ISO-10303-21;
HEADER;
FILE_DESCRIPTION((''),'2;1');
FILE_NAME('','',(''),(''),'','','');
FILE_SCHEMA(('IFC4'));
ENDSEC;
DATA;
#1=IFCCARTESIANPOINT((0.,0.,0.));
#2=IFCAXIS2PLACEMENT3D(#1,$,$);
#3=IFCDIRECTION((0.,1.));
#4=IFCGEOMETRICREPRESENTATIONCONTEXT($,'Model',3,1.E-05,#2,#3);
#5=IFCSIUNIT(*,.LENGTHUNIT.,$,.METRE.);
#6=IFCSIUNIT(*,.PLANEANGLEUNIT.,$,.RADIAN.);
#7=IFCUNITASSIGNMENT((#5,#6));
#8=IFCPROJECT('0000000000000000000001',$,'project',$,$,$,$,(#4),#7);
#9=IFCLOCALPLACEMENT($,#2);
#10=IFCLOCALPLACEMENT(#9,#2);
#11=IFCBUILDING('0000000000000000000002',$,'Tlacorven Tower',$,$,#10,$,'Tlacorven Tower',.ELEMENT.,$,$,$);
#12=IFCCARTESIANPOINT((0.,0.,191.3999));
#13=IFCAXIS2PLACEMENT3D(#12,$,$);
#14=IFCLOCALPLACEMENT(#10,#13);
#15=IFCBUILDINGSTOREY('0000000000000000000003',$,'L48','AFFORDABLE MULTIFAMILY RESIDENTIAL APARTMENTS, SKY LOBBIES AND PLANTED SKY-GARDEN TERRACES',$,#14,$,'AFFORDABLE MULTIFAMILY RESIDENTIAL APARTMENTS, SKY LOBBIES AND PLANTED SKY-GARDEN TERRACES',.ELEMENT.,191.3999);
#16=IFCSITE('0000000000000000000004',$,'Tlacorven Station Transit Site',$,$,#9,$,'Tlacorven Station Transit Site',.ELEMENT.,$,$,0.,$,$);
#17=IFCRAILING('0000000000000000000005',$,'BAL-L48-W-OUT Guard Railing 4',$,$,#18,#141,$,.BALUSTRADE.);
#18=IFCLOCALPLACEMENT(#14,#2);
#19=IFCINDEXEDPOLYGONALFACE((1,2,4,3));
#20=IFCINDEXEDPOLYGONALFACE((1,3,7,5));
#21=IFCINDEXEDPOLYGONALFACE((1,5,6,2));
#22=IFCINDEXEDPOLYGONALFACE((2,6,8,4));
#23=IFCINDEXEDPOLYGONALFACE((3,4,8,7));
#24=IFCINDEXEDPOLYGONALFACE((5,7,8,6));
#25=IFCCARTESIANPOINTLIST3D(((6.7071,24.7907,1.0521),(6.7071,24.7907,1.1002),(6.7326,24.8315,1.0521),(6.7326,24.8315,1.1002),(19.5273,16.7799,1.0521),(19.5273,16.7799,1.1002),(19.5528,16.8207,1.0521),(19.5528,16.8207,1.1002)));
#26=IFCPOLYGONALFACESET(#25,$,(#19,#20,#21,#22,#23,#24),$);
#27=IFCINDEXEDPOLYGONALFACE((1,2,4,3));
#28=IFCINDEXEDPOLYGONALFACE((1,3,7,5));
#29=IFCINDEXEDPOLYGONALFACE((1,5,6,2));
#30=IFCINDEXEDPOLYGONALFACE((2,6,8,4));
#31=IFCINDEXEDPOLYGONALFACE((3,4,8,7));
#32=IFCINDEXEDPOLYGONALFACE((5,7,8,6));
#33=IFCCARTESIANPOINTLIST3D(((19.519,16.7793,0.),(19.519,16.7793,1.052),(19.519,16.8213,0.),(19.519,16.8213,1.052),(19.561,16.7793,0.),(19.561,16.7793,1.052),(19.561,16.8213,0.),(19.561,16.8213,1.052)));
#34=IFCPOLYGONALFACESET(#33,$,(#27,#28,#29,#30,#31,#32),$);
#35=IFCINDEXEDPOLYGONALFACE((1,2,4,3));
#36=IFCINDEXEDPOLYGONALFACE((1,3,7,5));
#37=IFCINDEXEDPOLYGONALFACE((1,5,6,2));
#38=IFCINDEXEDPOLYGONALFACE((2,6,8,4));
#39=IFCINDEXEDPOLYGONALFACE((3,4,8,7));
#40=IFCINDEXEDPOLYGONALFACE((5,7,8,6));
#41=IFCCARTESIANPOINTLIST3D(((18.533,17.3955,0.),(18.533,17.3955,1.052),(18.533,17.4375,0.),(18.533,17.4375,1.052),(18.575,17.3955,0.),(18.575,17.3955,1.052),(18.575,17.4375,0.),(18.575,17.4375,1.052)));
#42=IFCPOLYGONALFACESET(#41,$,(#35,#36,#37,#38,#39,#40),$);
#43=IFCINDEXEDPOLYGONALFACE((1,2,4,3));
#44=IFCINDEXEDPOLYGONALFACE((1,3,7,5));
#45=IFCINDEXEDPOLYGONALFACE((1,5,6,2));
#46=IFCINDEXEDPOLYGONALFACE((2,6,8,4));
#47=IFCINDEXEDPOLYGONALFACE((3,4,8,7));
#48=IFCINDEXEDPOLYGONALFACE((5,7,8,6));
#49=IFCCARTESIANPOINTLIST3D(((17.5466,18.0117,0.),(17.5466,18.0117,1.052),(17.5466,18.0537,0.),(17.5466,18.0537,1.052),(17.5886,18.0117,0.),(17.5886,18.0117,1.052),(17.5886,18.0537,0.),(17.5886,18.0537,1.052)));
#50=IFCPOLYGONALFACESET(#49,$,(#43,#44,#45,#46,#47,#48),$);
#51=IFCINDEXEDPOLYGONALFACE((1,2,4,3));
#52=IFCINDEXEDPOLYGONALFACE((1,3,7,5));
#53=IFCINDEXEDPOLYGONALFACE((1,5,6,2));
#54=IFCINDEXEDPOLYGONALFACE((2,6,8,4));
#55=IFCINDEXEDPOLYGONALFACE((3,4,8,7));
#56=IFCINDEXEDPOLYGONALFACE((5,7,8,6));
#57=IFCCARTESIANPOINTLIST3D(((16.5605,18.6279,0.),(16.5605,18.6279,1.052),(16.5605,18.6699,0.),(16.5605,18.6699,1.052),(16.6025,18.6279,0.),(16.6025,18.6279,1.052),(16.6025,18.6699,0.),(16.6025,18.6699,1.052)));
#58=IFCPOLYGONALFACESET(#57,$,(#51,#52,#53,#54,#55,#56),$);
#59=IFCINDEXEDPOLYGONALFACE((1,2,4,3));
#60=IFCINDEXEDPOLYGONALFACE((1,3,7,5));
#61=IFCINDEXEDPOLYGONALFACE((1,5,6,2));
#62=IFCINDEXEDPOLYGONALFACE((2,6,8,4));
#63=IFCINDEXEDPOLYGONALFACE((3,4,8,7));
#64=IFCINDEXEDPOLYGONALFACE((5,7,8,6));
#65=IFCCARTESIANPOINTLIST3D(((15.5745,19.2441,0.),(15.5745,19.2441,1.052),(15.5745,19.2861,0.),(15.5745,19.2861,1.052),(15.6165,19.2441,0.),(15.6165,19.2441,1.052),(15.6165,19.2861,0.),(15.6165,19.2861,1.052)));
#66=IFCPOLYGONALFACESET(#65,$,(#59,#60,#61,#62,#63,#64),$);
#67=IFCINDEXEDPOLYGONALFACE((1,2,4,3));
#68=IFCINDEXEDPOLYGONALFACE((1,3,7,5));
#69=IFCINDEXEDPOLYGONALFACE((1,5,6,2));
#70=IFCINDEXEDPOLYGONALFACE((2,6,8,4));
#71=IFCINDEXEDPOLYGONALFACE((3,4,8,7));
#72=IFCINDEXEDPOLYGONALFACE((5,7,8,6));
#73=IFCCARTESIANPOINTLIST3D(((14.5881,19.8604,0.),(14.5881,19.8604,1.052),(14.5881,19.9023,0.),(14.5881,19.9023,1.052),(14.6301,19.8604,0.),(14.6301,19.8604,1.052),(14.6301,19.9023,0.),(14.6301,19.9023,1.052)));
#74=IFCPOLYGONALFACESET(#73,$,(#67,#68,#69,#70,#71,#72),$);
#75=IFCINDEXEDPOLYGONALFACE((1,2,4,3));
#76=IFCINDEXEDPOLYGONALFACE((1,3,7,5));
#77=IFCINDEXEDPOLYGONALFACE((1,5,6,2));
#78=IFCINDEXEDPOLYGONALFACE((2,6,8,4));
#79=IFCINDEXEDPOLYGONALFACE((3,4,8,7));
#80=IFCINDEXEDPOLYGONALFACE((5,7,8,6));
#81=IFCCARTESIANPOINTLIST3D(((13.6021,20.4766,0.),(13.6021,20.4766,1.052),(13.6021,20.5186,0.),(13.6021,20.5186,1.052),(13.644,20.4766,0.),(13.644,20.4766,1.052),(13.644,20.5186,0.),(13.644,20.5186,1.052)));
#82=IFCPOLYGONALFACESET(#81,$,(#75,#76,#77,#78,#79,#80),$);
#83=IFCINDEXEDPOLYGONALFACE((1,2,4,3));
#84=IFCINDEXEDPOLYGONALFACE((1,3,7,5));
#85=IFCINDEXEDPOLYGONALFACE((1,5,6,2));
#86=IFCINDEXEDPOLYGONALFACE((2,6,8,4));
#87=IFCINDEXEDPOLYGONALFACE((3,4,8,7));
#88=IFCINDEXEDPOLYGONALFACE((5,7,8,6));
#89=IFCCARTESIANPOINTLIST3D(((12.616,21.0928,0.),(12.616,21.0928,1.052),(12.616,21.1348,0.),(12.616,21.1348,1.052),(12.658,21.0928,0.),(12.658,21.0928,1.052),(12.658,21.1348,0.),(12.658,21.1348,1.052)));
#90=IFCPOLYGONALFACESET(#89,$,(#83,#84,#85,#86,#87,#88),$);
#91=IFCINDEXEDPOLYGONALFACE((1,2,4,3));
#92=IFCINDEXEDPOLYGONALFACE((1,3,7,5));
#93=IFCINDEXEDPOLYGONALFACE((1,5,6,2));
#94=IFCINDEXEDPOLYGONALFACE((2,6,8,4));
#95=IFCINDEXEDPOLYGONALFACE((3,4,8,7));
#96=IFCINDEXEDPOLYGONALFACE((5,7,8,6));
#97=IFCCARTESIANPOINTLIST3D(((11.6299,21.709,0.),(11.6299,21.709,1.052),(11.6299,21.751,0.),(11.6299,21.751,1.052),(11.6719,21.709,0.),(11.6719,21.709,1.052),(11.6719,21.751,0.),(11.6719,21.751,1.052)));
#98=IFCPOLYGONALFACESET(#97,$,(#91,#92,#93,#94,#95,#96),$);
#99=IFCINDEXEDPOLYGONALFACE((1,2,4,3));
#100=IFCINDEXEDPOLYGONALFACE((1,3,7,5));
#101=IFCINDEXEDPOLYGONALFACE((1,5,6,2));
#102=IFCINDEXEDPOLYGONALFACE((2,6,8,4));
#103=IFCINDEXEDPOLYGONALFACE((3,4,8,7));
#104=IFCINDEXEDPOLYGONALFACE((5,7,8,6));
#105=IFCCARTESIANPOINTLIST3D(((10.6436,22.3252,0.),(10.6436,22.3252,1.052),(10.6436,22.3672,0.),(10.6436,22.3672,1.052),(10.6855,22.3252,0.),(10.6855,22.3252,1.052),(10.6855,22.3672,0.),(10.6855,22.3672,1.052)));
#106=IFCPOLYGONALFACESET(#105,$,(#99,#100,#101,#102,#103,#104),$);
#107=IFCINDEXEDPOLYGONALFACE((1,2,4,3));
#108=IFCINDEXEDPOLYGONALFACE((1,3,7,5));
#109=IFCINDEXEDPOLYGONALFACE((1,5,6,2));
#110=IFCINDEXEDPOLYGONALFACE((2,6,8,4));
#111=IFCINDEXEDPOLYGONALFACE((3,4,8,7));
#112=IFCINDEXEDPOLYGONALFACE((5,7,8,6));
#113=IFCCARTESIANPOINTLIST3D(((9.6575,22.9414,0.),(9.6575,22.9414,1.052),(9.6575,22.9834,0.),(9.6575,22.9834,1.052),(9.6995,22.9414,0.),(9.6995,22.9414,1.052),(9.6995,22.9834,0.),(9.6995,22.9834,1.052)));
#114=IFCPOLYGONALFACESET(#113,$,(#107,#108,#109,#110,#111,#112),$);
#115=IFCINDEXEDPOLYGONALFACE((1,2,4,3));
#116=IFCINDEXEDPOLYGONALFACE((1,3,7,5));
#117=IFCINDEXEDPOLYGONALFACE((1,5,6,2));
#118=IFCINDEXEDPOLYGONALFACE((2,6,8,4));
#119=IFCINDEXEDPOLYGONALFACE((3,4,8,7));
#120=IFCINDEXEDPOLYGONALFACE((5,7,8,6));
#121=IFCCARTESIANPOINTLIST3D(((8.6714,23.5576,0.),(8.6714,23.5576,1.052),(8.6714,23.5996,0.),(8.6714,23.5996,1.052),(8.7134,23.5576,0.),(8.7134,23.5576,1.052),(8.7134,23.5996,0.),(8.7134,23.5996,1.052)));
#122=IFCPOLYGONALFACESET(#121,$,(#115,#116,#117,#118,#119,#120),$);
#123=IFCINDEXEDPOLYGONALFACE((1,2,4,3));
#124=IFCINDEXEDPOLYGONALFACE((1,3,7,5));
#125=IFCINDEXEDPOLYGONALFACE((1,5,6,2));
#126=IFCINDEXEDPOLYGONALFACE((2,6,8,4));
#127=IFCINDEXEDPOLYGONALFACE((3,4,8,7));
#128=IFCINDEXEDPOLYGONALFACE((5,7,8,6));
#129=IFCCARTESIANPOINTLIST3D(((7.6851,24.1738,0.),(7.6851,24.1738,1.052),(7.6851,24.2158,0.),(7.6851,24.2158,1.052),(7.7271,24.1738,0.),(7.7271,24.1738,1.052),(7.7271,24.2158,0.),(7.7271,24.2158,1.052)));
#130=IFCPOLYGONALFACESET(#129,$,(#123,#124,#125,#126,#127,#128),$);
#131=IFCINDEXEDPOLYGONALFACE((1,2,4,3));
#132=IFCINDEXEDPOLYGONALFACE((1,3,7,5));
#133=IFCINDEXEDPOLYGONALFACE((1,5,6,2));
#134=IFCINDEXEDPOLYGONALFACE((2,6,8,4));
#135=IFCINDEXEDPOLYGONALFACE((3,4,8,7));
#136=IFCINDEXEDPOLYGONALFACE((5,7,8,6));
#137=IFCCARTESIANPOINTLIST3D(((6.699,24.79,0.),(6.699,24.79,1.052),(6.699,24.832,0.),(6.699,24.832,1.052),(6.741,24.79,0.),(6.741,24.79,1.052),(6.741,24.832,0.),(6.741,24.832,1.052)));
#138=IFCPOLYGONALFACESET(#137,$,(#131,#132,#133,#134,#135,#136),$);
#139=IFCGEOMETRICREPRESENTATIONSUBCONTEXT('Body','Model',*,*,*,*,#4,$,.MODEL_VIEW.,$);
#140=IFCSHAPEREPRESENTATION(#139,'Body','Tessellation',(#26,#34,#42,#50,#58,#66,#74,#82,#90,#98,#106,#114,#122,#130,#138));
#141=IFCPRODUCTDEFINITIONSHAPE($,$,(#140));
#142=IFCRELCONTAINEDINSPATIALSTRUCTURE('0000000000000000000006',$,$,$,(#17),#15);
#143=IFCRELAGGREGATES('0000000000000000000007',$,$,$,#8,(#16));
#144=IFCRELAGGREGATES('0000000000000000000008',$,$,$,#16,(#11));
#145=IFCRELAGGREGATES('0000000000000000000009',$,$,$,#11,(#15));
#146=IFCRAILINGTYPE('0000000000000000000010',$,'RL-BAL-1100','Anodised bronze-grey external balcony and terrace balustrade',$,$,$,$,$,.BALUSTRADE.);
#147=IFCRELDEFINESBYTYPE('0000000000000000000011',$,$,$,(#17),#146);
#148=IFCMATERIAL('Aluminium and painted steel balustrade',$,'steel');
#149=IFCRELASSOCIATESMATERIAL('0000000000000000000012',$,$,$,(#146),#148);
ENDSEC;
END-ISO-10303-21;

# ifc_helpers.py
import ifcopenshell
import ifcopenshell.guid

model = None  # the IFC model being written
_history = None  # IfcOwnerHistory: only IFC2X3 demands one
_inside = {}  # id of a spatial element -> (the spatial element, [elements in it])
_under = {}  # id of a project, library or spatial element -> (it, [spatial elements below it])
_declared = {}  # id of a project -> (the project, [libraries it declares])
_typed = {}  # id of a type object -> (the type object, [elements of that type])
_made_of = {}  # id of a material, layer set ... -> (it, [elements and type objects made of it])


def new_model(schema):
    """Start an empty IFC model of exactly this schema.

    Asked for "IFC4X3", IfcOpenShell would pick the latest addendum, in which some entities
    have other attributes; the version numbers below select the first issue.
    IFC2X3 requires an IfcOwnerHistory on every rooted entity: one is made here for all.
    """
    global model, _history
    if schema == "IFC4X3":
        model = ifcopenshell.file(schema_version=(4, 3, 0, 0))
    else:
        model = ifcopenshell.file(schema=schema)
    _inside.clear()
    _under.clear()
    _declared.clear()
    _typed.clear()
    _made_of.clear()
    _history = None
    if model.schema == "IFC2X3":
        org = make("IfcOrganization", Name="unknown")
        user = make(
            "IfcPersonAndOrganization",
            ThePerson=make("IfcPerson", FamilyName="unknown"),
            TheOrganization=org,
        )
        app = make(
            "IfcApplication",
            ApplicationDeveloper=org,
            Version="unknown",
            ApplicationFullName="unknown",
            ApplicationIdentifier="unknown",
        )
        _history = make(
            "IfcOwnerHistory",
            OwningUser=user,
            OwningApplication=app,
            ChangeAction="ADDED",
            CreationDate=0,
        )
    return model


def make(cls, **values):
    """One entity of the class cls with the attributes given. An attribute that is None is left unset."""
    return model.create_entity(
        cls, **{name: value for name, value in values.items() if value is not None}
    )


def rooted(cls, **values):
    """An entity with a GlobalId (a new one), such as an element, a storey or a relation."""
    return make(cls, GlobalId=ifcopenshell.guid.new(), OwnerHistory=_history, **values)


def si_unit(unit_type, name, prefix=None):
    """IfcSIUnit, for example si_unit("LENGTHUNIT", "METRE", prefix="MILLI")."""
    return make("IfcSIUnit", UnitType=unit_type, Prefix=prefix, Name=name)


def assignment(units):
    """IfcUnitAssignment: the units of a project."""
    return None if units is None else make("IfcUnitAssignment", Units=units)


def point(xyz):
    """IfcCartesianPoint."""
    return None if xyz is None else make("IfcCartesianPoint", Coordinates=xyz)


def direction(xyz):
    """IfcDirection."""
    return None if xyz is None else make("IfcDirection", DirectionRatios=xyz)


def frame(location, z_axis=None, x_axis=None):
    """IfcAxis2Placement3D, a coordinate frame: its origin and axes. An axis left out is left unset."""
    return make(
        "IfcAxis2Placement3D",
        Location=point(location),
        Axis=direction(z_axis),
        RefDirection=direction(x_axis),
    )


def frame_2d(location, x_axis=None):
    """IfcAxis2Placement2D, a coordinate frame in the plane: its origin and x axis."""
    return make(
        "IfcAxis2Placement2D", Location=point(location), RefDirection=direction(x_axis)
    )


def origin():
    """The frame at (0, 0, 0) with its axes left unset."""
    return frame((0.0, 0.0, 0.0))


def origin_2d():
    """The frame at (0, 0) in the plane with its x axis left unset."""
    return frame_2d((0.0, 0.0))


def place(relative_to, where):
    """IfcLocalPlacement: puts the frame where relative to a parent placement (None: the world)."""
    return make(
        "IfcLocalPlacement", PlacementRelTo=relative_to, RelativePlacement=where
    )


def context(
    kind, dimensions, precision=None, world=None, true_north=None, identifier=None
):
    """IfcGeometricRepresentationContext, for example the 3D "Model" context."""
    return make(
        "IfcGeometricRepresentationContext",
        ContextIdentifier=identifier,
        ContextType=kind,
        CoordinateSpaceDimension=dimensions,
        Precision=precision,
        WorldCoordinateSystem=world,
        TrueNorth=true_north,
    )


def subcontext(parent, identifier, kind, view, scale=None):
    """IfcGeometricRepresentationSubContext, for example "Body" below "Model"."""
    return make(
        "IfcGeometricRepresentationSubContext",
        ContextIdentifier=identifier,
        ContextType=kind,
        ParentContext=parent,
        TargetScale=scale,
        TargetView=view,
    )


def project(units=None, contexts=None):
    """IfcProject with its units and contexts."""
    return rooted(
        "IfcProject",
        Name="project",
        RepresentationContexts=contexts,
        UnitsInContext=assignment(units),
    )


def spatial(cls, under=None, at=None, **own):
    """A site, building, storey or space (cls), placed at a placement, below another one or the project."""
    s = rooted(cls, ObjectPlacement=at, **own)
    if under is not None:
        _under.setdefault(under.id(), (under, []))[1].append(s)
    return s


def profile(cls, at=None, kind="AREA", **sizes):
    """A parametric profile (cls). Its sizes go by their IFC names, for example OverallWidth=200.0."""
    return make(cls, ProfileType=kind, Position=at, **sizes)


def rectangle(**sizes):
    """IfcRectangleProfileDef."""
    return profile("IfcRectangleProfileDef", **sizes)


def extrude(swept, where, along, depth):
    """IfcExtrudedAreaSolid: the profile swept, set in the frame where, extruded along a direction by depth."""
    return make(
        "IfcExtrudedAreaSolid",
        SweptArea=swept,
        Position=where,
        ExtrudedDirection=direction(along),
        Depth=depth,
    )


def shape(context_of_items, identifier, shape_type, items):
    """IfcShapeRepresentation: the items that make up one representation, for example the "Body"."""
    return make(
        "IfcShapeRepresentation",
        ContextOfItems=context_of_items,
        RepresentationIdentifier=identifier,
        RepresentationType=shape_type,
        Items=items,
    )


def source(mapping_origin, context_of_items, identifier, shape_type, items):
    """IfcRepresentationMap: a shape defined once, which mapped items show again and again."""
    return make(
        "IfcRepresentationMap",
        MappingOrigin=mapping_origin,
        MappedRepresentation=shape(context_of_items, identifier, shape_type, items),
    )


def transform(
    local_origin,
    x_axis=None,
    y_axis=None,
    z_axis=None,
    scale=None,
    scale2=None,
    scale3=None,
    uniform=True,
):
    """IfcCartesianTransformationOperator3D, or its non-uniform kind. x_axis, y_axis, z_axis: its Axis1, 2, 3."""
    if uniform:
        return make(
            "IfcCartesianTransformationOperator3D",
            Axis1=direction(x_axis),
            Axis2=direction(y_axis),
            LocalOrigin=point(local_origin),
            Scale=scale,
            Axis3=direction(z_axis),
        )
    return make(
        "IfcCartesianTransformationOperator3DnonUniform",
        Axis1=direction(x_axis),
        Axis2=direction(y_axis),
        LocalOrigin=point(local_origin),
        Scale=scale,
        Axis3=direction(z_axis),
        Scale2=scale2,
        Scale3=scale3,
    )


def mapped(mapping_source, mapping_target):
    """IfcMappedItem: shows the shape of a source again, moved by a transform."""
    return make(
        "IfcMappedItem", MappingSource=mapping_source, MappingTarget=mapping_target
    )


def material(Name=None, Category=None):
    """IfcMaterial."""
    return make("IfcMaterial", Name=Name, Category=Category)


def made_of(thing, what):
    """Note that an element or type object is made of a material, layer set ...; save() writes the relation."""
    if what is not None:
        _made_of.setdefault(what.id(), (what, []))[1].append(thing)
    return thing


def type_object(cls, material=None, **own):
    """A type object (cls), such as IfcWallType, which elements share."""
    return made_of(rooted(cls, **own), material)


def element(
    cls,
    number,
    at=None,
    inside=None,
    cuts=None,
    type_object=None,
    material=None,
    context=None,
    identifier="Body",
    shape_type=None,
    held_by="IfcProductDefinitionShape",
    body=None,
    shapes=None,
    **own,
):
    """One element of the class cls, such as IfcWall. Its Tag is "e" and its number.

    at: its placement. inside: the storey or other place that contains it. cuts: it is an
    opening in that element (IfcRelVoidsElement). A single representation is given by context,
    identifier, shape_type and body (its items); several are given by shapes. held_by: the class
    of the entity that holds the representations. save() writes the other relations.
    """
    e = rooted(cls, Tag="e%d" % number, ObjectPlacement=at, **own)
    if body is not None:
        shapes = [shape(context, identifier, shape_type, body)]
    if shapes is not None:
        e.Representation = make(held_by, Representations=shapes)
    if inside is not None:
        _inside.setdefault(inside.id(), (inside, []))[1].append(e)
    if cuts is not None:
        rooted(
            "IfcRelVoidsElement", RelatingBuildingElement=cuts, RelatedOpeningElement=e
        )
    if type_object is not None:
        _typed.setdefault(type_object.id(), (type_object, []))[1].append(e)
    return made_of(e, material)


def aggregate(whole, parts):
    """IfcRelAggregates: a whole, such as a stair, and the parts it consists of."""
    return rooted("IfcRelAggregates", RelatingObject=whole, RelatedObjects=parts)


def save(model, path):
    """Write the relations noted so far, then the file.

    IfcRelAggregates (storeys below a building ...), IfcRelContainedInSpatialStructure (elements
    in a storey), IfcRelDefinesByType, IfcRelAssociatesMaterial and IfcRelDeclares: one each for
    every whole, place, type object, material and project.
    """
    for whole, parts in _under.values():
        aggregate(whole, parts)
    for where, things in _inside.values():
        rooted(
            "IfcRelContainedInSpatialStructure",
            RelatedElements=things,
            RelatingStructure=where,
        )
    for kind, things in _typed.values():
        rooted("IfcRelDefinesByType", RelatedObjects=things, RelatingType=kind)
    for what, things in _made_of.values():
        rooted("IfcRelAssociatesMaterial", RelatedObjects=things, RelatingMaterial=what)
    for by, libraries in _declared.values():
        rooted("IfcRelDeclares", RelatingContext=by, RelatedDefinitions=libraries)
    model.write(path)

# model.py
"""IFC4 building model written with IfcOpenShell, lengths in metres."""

from ifc_helpers import new_model, si_unit, direction, frame, origin, origin_2d, place, context, subcontext, project, spatial, rectangle, extrude, source, transform, mapped, material, type_object, element, save


model = new_model("IFC4")

# Units and contexts
model_context = context("Model", 3, precision=1e-05, world=origin(), true_north=direction((0.0, 1.0)))
body_context = subcontext(model_context, "Body", "Model", "MODEL_VIEW")
ifc_project = project(units=[si_unit("LENGTHUNIT", "METRE"), si_unit("PLANEANGLEUNIT", "RADIAN")], contexts=[model_context])

# Site, building, storey
site_placement = place(None, origin())
site = spatial("IfcSite", under=ifc_project, at=site_placement, Name="Tlacorven Station Transit Site", LongName="Tlacorven Station Transit Site", CompositionType="ELEMENT", RefElevation=0.0)
building_placement = place(site_placement, origin())
building = spatial("IfcBuilding", under=site, at=building_placement, Name="Tlacorven Tower", LongName="Tlacorven Tower", CompositionType="ELEMENT")
storey_placement = place(building_placement, frame((0.0, 0.0, 191.3999)))
storey = spatial("IfcBuildingStorey", under=building, at=storey_placement, Name="L48", Description="AFFORDABLE MULTIFAMILY RESIDENTIAL APARTMENTS, SKY LOBBIES AND PLANTED SKY-GARDEN TERRACES", LongName="AFFORDABLE MULTIFAMILY RESIDENTIAL APARTMENTS, SKY LOBBIES AND PLANTED SKY-GARDEN TERRACES", CompositionType="ELEMENT", Elevation=191.3999)

# Shared definitions
ifc_material_1 = material(Name="Aluminium and painted steel balustrade", Category="steel")
railing_type = type_object("IfcRailingType", Name="RL-BAL-1100", Description="Anodised bronze-grey external balcony and terrace balustrade", PredefinedType="BALUSTRADE", material=ifc_material_1)

# Railing
shared_shape_1 = source(origin(), body_context, "Body", "SweptSolid", [
    extrude(rectangle(XDim=0.0481, YDim=0.0481, at=origin_2d()), frame((0.0, 0.0, 1.0762), z_axis=(-0.848052, 0.529913, 0.0), x_axis=(-0.529913, -0.848052, 0.0)), (0.0, 0.0, 1.0), 15.1172),
    extrude(rectangle(XDim=0.042, YDim=0.042, at=origin_2d()), origin(), (0.0, 0.0, 1.0), 1.052),
    extrude(rectangle(XDim=0.042, YDim=0.042, at=origin_2d()), frame((-0.9861, 0.6162, 0.0)), (0.0, 0.0, 1.0), 1.052),
    extrude(rectangle(XDim=0.042, YDim=0.042, at=origin_2d()), frame((-1.9724, 1.2324, 0.0)), (0.0, 0.0, 1.0), 1.052),
    extrude(rectangle(XDim=0.042, YDim=0.042, at=origin_2d()), frame((-2.9585, 1.8486, 0.0)), (0.0, 0.0, 1.0), 1.052),
    extrude(rectangle(XDim=0.042, YDim=0.042, at=origin_2d()), frame((-3.9446, 2.4648, 0.0)), (0.0, 0.0, 1.0), 1.052),
    extrude(rectangle(XDim=0.042, YDim=0.042, at=origin_2d()), frame((-4.9309, 3.0811, 0.0)), (0.0, 0.0, 1.0), 1.052),
    extrude(rectangle(XDim=0.042, YDim=0.042, at=origin_2d()), frame((-5.917, 3.6973, 0.0)), (0.0, 0.0, 1.0), 1.052),
    extrude(rectangle(XDim=0.042, YDim=0.042, at=origin_2d()), frame((-6.9031, 4.3135, 0.0)), (0.0, 0.0, 1.0), 1.052),
    extrude(rectangle(XDim=0.042, YDim=0.042, at=origin_2d()), frame((-7.8892, 4.9297, 0.0)), (0.0, 0.0, 1.0), 1.052),
    extrude(rectangle(XDim=0.042, YDim=0.042, at=origin_2d()), frame((-8.8755, 5.5459, 0.0)), (0.0, 0.0, 1.0), 1.052),
    extrude(rectangle(XDim=0.042, YDim=0.042, at=origin_2d()), frame((-9.8616, 6.1621, 0.0)), (0.0, 0.0, 1.0), 1.052),
    extrude(rectangle(XDim=0.042, YDim=0.042, at=origin_2d()), frame((-10.8477, 6.7783, 0.0)), (0.0, 0.0, 1.0), 1.052),
    extrude(rectangle(XDim=0.042, YDim=0.042, at=origin_2d()), frame((-11.834, 7.3945, 0.0)), (0.0, 0.0, 1.0), 1.052),
    extrude(rectangle(XDim=0.042, YDim=0.042, at=origin_2d()), frame((-12.8201, 8.0107, 0.0)), (0.0, 0.0, 1.0), 1.052),
])
railing_1_placement = place(storey_placement, frame((19.54, 16.8003, 0.0)))
element("IfcRailing", 1, at=railing_1_placement, inside=storey, type_object=railing_type, Name="BAL-L48-W-OUT Guard Railing 4", PredefinedType="BALUSTRADE", context=body_context, shape_type="MappedRepresentation", body=[
    mapped(shared_shape_1, transform((0.0, 0.0, 0.0), scale=1.0)),
])

save(model, "model.ifc")
